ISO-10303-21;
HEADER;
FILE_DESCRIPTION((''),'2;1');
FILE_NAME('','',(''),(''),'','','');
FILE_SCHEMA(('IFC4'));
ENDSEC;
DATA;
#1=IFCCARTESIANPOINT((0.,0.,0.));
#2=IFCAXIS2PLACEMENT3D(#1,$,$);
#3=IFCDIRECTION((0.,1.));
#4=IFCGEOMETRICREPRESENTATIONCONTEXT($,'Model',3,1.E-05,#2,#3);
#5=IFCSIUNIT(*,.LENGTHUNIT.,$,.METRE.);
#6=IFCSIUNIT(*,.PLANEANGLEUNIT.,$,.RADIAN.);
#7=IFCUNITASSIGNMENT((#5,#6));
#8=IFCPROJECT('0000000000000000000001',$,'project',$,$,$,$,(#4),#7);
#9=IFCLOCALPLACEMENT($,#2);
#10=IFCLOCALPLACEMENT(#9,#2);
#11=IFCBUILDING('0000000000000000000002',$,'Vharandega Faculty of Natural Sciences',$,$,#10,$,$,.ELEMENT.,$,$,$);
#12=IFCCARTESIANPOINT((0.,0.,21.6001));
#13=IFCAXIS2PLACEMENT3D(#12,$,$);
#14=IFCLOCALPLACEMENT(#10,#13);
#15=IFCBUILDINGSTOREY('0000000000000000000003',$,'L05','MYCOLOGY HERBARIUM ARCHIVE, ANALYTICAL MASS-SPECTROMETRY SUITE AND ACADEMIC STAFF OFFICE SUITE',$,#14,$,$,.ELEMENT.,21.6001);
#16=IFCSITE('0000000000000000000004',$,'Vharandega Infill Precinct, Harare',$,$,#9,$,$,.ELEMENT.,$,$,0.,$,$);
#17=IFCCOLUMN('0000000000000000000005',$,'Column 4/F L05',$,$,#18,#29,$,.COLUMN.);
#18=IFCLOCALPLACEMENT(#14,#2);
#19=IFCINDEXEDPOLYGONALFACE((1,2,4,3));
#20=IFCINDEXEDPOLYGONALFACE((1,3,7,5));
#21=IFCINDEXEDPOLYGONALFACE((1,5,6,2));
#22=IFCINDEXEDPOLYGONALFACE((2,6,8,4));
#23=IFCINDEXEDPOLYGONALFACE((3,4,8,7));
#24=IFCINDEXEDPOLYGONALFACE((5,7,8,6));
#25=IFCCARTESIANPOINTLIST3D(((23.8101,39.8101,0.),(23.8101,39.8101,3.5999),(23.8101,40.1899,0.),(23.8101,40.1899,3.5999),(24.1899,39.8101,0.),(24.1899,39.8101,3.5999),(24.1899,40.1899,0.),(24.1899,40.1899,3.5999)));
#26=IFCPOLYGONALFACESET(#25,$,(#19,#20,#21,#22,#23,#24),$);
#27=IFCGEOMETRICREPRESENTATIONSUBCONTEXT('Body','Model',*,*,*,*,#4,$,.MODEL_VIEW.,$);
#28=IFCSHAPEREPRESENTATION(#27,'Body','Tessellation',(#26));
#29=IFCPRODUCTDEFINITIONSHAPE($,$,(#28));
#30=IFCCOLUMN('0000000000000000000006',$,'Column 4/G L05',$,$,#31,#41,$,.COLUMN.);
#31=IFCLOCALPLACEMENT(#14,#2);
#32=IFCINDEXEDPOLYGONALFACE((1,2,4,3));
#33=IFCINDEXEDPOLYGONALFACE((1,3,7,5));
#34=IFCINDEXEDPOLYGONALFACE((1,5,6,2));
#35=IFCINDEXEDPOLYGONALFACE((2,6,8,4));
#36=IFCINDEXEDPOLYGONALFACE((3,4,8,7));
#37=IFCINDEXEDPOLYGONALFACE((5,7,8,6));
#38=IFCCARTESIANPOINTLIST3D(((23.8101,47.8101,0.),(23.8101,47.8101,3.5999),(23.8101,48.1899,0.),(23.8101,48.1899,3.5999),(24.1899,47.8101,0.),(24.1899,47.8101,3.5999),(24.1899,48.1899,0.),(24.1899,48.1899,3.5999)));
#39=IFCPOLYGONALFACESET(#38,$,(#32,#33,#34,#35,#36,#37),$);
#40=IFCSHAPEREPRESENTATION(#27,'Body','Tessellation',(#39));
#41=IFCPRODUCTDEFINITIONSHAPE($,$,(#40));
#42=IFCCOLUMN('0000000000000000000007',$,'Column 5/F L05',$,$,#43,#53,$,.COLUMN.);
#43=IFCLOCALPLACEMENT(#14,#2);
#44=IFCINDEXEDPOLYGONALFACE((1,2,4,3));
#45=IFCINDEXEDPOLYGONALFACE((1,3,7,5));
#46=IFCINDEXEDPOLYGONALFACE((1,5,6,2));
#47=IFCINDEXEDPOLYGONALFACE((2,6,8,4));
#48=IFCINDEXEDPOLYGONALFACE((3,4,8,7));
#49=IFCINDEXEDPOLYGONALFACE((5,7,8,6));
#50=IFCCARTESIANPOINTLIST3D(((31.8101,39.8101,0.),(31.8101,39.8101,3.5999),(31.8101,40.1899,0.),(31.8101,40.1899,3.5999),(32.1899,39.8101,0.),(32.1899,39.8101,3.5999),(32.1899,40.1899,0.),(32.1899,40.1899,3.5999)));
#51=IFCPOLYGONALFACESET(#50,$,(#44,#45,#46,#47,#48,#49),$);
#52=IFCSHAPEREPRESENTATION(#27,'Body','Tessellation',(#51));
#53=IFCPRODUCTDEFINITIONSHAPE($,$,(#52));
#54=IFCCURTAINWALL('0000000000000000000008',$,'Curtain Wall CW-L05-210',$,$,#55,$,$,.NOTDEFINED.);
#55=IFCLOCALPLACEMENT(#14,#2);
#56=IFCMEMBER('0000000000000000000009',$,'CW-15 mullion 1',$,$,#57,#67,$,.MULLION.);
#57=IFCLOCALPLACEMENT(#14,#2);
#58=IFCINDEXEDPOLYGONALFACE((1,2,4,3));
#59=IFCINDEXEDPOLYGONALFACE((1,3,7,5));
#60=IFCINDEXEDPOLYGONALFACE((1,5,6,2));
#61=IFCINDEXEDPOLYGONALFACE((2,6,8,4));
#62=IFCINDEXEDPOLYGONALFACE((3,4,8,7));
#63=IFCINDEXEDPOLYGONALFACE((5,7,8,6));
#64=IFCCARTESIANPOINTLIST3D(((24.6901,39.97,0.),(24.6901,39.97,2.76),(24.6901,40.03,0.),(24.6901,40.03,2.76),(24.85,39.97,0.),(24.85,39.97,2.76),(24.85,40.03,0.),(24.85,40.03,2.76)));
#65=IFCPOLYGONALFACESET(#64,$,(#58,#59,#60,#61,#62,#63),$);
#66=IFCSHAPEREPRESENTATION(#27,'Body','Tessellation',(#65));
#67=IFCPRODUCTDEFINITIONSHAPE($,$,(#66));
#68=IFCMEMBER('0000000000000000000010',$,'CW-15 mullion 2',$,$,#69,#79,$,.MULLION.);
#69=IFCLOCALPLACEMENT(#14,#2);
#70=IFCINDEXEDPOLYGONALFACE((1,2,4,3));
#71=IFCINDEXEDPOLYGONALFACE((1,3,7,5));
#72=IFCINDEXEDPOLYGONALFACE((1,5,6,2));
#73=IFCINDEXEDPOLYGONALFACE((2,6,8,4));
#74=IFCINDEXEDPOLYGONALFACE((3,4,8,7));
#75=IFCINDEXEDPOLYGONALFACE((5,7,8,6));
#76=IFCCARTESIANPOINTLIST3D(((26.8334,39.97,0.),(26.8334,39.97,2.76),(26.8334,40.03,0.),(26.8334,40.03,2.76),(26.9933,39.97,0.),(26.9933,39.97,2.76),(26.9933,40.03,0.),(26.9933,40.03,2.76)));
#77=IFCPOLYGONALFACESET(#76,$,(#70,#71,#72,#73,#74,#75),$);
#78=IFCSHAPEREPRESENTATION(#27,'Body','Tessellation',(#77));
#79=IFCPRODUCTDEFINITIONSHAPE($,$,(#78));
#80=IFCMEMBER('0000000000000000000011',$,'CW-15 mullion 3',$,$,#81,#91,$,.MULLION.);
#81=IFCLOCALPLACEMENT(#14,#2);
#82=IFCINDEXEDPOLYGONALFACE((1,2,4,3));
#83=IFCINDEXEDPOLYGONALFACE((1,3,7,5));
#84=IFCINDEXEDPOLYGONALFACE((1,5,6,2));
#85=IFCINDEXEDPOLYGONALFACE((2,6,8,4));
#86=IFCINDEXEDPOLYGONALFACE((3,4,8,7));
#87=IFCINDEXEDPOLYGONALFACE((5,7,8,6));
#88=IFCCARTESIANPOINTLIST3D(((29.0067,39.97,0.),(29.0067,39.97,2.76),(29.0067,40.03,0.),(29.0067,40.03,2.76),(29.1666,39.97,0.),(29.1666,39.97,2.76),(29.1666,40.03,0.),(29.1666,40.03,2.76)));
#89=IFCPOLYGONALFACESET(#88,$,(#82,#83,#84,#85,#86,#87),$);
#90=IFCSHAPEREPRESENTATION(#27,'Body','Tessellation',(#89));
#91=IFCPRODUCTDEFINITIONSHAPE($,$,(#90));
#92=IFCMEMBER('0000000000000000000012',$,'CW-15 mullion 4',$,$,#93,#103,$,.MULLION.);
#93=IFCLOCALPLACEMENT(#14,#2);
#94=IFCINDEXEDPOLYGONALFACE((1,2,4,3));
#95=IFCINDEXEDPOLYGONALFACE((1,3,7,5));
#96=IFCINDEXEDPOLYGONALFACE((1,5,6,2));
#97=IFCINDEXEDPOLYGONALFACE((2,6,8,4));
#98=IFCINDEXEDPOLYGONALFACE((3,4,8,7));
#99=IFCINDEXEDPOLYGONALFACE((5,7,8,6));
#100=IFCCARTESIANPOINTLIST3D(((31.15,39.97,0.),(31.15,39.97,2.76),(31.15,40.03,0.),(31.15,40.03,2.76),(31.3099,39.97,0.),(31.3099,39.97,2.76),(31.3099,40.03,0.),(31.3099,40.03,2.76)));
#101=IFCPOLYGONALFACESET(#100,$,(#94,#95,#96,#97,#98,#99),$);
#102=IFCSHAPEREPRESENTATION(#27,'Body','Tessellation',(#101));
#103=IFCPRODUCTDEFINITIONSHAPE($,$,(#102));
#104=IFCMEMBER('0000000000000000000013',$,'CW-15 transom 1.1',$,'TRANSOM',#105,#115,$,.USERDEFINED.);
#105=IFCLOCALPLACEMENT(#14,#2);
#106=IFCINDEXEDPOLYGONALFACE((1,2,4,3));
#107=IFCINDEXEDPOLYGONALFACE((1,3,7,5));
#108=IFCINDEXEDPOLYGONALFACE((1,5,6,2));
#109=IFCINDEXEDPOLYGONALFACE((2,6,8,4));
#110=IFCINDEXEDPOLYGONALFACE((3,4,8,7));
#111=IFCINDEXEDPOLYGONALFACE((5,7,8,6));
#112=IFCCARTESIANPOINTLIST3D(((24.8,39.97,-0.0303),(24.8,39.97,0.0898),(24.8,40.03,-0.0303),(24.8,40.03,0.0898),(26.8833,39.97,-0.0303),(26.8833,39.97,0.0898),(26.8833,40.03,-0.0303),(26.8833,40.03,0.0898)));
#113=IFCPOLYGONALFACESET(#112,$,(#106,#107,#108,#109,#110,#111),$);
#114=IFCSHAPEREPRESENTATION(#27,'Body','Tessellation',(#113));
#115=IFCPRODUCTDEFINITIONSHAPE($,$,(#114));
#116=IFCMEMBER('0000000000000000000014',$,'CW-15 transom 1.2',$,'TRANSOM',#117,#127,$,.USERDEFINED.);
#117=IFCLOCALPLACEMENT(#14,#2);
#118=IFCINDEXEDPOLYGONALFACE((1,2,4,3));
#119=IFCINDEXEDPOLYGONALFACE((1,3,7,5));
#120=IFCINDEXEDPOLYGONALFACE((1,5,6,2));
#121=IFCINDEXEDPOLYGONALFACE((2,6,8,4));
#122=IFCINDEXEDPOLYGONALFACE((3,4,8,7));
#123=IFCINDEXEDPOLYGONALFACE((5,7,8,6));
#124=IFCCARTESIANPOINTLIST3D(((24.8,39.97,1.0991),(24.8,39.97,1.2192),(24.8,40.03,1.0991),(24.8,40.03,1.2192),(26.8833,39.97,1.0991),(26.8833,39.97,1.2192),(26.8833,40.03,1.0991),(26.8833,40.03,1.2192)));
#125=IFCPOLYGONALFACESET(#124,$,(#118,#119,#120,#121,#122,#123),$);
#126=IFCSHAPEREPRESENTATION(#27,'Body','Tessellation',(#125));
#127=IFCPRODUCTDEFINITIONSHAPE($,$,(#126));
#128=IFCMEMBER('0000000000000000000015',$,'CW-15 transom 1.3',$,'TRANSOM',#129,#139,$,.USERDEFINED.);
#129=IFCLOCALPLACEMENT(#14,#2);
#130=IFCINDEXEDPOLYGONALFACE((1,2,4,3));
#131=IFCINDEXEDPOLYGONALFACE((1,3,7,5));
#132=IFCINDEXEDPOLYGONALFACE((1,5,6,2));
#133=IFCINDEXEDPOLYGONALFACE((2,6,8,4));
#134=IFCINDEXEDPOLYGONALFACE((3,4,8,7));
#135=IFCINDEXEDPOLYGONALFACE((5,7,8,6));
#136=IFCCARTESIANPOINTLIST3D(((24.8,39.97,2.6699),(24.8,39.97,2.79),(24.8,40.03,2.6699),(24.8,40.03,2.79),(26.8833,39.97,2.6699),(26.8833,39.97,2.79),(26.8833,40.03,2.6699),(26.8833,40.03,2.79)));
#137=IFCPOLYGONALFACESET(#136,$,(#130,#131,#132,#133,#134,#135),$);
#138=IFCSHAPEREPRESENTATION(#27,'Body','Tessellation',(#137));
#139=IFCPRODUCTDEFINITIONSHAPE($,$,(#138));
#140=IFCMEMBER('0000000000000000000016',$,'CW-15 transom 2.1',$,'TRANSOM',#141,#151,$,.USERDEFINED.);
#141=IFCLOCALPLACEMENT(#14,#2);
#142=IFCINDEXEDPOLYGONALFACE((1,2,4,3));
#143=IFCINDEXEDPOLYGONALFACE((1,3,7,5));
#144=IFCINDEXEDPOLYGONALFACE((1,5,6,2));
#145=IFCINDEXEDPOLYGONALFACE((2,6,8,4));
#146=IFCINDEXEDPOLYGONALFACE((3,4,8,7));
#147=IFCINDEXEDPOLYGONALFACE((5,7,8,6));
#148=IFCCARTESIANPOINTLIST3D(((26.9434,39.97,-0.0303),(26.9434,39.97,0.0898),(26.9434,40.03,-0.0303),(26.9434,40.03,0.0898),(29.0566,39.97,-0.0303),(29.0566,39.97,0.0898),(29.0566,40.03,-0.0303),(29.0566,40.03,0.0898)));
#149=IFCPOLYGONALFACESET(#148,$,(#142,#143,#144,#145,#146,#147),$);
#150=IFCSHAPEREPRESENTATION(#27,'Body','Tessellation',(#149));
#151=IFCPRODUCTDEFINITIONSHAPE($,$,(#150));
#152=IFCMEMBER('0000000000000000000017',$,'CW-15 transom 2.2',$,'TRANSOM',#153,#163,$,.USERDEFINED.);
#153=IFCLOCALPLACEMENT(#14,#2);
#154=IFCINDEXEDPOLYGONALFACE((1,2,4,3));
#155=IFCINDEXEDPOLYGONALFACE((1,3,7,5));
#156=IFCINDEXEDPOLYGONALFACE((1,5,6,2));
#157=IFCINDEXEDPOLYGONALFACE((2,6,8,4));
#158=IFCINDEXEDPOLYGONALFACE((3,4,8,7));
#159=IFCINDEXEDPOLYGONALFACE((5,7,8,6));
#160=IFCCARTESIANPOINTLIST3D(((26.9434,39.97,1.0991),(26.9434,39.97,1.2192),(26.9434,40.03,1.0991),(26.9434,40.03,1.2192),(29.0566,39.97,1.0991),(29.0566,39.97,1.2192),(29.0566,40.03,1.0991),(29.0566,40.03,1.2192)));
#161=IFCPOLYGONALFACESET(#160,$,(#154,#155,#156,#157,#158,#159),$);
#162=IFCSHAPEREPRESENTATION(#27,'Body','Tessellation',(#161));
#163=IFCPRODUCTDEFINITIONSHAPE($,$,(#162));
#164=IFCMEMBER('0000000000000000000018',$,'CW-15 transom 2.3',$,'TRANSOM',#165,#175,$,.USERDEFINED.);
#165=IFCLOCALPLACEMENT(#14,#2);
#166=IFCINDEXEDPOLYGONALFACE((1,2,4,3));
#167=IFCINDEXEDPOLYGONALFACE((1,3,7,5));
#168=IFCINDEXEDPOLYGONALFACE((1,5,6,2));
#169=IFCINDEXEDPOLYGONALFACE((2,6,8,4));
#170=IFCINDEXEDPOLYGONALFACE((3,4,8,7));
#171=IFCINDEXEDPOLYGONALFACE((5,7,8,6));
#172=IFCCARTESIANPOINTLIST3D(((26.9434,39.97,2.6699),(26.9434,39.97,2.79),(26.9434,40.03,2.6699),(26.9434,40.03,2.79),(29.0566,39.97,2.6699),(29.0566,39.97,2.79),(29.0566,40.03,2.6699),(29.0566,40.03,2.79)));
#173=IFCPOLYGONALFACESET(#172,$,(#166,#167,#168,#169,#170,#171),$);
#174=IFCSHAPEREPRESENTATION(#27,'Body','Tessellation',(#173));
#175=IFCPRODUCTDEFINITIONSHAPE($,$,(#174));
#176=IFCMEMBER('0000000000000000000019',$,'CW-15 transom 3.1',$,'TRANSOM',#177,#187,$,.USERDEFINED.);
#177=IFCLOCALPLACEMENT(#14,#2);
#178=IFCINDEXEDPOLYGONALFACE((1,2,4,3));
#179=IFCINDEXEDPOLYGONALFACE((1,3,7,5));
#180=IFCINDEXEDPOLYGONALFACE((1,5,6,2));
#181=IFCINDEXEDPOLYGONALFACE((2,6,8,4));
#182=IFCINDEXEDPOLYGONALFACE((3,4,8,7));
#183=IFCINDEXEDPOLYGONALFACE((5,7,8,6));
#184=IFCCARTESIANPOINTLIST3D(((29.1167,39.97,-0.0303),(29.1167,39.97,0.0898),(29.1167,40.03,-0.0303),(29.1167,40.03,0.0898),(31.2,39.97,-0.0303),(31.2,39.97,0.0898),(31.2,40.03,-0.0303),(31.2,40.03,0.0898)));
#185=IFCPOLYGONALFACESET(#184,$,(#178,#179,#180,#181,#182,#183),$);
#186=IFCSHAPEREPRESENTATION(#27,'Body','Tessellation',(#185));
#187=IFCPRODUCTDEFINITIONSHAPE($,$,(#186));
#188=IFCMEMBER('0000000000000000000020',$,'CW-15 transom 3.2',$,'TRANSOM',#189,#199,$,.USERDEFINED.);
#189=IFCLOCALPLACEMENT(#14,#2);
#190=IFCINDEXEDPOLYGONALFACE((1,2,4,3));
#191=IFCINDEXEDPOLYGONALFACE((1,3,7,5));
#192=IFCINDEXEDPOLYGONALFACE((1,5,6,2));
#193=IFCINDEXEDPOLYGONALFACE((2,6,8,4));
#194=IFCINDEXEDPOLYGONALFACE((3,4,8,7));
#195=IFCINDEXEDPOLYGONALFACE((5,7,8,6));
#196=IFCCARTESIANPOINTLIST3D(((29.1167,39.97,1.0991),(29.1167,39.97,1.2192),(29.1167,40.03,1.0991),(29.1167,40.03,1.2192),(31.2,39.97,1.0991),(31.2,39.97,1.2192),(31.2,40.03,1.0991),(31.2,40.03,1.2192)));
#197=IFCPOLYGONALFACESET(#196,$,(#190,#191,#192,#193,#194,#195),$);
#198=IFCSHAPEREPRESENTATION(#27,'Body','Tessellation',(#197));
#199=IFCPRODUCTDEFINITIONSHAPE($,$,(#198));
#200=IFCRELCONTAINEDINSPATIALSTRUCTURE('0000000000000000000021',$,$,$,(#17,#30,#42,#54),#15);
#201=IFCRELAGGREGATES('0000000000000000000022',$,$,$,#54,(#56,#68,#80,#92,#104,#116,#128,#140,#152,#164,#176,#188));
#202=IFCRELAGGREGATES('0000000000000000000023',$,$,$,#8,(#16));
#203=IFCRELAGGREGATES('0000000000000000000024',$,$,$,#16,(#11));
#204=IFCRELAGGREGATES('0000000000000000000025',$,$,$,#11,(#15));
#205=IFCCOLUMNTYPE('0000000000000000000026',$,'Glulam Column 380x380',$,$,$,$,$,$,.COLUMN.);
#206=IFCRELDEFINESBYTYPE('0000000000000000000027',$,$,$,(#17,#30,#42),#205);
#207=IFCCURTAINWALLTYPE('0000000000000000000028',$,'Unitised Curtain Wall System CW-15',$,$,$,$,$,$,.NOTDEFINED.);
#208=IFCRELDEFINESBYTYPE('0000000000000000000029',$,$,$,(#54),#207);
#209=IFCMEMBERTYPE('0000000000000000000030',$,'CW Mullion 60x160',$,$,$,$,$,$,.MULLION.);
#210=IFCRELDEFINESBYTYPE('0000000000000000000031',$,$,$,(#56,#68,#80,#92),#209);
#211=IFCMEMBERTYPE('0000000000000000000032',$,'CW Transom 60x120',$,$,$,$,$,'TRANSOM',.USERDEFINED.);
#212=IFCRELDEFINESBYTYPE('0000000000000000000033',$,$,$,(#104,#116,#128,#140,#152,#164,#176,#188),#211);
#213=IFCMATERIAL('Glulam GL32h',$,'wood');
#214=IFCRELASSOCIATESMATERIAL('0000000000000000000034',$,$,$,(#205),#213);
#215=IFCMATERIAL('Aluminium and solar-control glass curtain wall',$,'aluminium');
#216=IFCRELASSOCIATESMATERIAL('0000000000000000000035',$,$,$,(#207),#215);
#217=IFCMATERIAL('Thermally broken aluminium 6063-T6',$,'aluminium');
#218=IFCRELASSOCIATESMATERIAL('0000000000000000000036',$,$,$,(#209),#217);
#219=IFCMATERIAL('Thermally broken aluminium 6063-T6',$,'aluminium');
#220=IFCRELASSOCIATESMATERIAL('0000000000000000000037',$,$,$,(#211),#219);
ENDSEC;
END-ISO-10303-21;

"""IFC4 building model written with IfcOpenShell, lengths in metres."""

from ifc_helpers import new_model, si_unit, direction, frame, origin, origin_2d, place, context, subcontext, project, spatial, rectangle, extrude, material, material_profile, profile_set, type_object, element, aggregate, save


model = new_model("IFC4")

# Units and contexts
model_context = context("Model", 3, precision=1e-05, world=origin(), true_north=direction((0.0, 1.0)))
body_context = subcontext(model_context, "Body", "Model", "MODEL_VIEW")
ifc_project = project(units=[si_unit("LENGTHUNIT", "METRE"), si_unit("PLANEANGLEUNIT", "RADIAN")], contexts=[model_context])

# Site, building, storey
site_placement = place(None, origin())
site = spatial("IfcSite", under=ifc_project, at=site_placement, Name="Vharandega Infill Precinct, Harare", CompositionType="ELEMENT", RefElevation=0.0)
building_placement = place(site_placement, origin())
building = spatial("IfcBuilding", under=site, at=building_placement, Name="Vharandega Faculty of Natural Sciences", CompositionType="ELEMENT")
storey_placement = place(building_placement, frame((0.0, 0.0, 21.6001)))
storey = spatial("IfcBuildingStorey", under=building, at=storey_placement, Name="L05", Description="MYCOLOGY HERBARIUM ARCHIVE, ANALYTICAL MASS-SPECTROMETRY SUITE AND ACADEMIC STAFF OFFICE SUITE", CompositionType="ELEMENT", Elevation=21.6001)

# Columns
ifc_material_1 = material(Name="Glulam GL32h", Category="wood")
ifc_material_profile_1 = material_profile(ifc_material_1, rectangle(XDim=0.3799, YDim=0.3799, at=origin_2d()), Name="GL32h 380x380")
ifc_profile_set_1 = profile_set([ifc_material_profile_1], Name="Glulam GL32h")
column_type = type_object("IfcColumnType", Name="Glulam Column 380x380", PredefinedType="COLUMN", material=ifc_profile_set_1)
for number, where, z_axis, x_axis, name in (
    (1, (24.0, 40.0, 0.0), (0.0, 0.0, 1.0), (1.0, 0.0, 0.0), "Column 4/F L05"),
    (2, (24.0, 48.0, 0.0), (0.0, 0.0, 1.0), (1.0, 0.0, 0.0), "Column 4/G L05"),
    (3, (32.0, 40.0, 0.0), (0.0, 0.0, 1.0), (1.0, 0.0, 0.0), "Column 5/F L05"),
):
    element("IfcColumn", number, at=place(storey_placement, frame(where, z_axis=z_axis, x_axis=x_axis)), inside=storey, type_object=column_type, Name=name, PredefinedType="COLUMN", context=body_context, shape_type="SweptSolid", body=[
        extrude(rectangle(XDim=0.3799, YDim=0.3799, at=origin_2d()), origin(), (0.0, 0.0, 1.0), 3.5999),
    ])

# Curtain wall, members
ifc_material_2 = material(Name="Aluminium and solar-control glass curtain wall", Category="aluminium")
curtain_wall_type = type_object("IfcCurtainWallType", Name="Unitised Curtain Wall System CW-15", PredefinedType="NOTDEFINED", material=ifc_material_2)
curtain_wall_placement = place(storey_placement, origin())
curtain_wall = element("IfcCurtainWall", 4, at=curtain_wall_placement, inside=storey, type_object=curtain_wall_type, Name="Curtain Wall CW-L05-210", PredefinedType="NOTDEFINED")
ifc_material_3 = material(Name="Thermally broken aluminium 6063-T6", Category="aluminium")
ifc_material_profile_2 = material_profile(ifc_material_3, rectangle(XDim=0.0601, YDim=0.1599, at=origin_2d()), Name="ALU 60x160")
ifc_profile_set_2 = profile_set([ifc_material_profile_2], Name="Thermally broken aluminium 6063-T6")
member_type_1 = type_object("IfcMemberType", Name="CW Mullion 60x160", PredefinedType="MULLION", material=ifc_profile_set_2)
member_1_placement = place(storey_placement, frame((24.77, 40.0, 0.0), z_axis=(0.0, 0.0, 1.0), x_axis=(0.0, 1.0, 0.0)))
member_1 = element("IfcMember", 5, at=member_1_placement, type_object=member_type_1, Name="CW-15 mullion 1", PredefinedType="MULLION", context=body_context, shape_type="SweptSolid", body=[
    extrude(rectangle(XDim=0.0601, YDim=0.1599, at=origin_2d()), origin(), (0.0, 0.0, 1.0), 2.76),
])
member_2_placement = place(storey_placement, frame((26.9133, 40.0, 0.0), z_axis=(0.0, 0.0, 1.0), x_axis=(0.0, 1.0, 0.0)))
member_2 = element("IfcMember", 6, at=member_2_placement, type_object=member_type_1, Name="CW-15 mullion 2", PredefinedType="MULLION", context=body_context, shape_type="SweptSolid", body=[
    extrude(rectangle(XDim=0.0601, YDim=0.1599, at=origin_2d()), origin(), (0.0, 0.0, 1.0), 2.76),
])
member_3_placement = place(storey_placement, frame((29.0867, 40.0, 0.0), z_axis=(0.0, 0.0, 1.0), x_axis=(0.0, 1.0, 0.0)))
member_3 = element("IfcMember", 7, at=member_3_placement, type_object=member_type_1, Name="CW-15 mullion 3", PredefinedType="MULLION", context=body_context, shape_type="SweptSolid", body=[
    extrude(rectangle(XDim=0.0601, YDim=0.1599, at=origin_2d()), origin(), (0.0, 0.0, 1.0), 2.76),
])
member_4_placement = place(storey_placement, frame((31.23, 40.0, 0.0), z_axis=(0.0, 0.0, 1.0), x_axis=(0.0, 1.0, 0.0)))
member_4 = element("IfcMember", 8, at=member_4_placement, type_object=member_type_1, Name="CW-15 mullion 4", PredefinedType="MULLION", context=body_context, shape_type="SweptSolid", body=[
    extrude(rectangle(XDim=0.0601, YDim=0.1599, at=origin_2d()), origin(), (0.0, 0.0, 1.0), 2.76),
])
ifc_material_4 = material(Name="Thermally broken aluminium 6063-T6", Category="aluminium")
ifc_material_profile_3 = material_profile(ifc_material_4, rectangle(XDim=0.0601, YDim=0.1201, at=origin_2d()), Name="ALU 60x120")
ifc_profile_set_3 = profile_set([ifc_material_profile_3], Name="Thermally broken aluminium 6063-T6")
member_type_2 = type_object("IfcMemberType", Name="CW Transom 60x120", ElementType="TRANSOM", PredefinedType="USERDEFINED", material=ifc_profile_set_3)
member_5_placement = place(storey_placement, frame((24.8, 40.0, 0.0298), z_axis=(1.0, 0.0, 0.0), x_axis=(0.0, 1.0, 0.0)))
member_5 = element("IfcMember", 9, at=member_5_placement, type_object=member_type_2, Name="CW-15 transom 1.1", ObjectType="TRANSOM", PredefinedType="USERDEFINED", context=body_context, shape_type="SweptSolid", body=[
    extrude(rectangle(XDim=0.0601, YDim=0.1201, at=origin_2d()), origin(), (0.0, 0.0, 1.0), 2.0833),
])
member_6_placement = place(storey_placement, frame((24.8, 40.0, 1.1592), z_axis=(1.0, 0.0, 0.0), x_axis=(0.0, 1.0, 0.0)))
member_6 = element("IfcMember", 10, at=member_6_placement, type_object=member_type_2, Name="CW-15 transom 1.2", ObjectType="TRANSOM", PredefinedType="USERDEFINED", context=body_context, shape_type="SweptSolid", body=[
    extrude(rectangle(XDim=0.0601, YDim=0.1201, at=origin_2d()), origin(), (0.0, 0.0, 1.0), 2.0833),
])
member_7_placement = place(storey_placement, frame((24.8, 40.0, 2.73), z_axis=(1.0, 0.0, 0.0), x_axis=(0.0, 1.0, 0.0)))
member_7 = element("IfcMember", 11, at=member_7_placement, type_object=member_type_2, Name="CW-15 transom 1.3", ObjectType="TRANSOM", PredefinedType="USERDEFINED", context=body_context, shape_type="SweptSolid", body=[
    extrude(rectangle(XDim=0.0601, YDim=0.1201, at=origin_2d()), origin(), (0.0, 0.0, 1.0), 2.0833),
])
member_8_placement = place(storey_placement, frame((26.9434, 40.0, 0.0298), z_axis=(1.0, 0.0, 0.0), x_axis=(0.0, 1.0, 0.0)))
member_8 = element("IfcMember", 12, at=member_8_placement, type_object=member_type_2, Name="CW-15 transom 2.1", ObjectType="TRANSOM", PredefinedType="USERDEFINED", context=body_context, shape_type="SweptSolid", body=[
    extrude(rectangle(XDim=0.0601, YDim=0.1201, at=origin_2d()), origin(), (0.0, 0.0, 1.0), 2.1133),
])
member_9_placement = place(storey_placement, frame((26.9434, 40.0, 1.1592), z_axis=(1.0, 0.0, 0.0), x_axis=(0.0, 1.0, 0.0)))
member_9 = element("IfcMember", 13, at=member_9_placement, type_object=member_type_2, Name="CW-15 transom 2.2", ObjectType="TRANSOM", PredefinedType="USERDEFINED", context=body_context, shape_type="SweptSolid", body=[
    extrude(rectangle(XDim=0.0601, YDim=0.1201, at=origin_2d()), origin(), (0.0, 0.0, 1.0), 2.1133),
])
member_10_placement = place(storey_placement, frame((26.9434, 40.0, 2.73), z_axis=(1.0, 0.0, 0.0), x_axis=(0.0, 1.0, 0.0)))
member_10 = element("IfcMember", 14, at=member_10_placement, type_object=member_type_2, Name="CW-15 transom 2.3", ObjectType="TRANSOM", PredefinedType="USERDEFINED", context=body_context, shape_type="SweptSolid", body=[
    extrude(rectangle(XDim=0.0601, YDim=0.1201, at=origin_2d()), origin(), (0.0, 0.0, 1.0), 2.1133),
])
member_11_placement = place(storey_placement, frame((29.1167, 40.0, 0.0298), z_axis=(1.0, 0.0, 0.0), x_axis=(0.0, 1.0, 0.0)))
member_11 = element("IfcMember", 15, at=member_11_placement, type_object=member_type_2, Name="CW-15 transom 3.1", ObjectType="TRANSOM", PredefinedType="USERDEFINED", context=body_context, shape_type="SweptSolid", body=[
    extrude(rectangle(XDim=0.0601, YDim=0.1201, at=origin_2d()), origin(), (0.0, 0.0, 1.0), 2.0833),
])
member_12_placement = place(storey_placement, frame((29.1167, 40.0, 1.1592), z_axis=(1.0, 0.0, 0.0), x_axis=(0.0, 1.0, 0.0)))
member_12 = element("IfcMember", 16, at=member_12_placement, type_object=member_type_2, Name="CW-15 transom 3.2", ObjectType="TRANSOM", PredefinedType="USERDEFINED", context=body_context, shape_type="SweptSolid", body=[
    extrude(rectangle(XDim=0.0601, YDim=0.1201, at=origin_2d()), origin(), (0.0, 0.0, 1.0), 2.0833),
])

aggregate(curtain_wall, [member_1, member_2, member_3, member_4, member_5, member_6, member_7, member_8, member_9, member_10, member_11, member_12])

save(model, "model.ifc")
